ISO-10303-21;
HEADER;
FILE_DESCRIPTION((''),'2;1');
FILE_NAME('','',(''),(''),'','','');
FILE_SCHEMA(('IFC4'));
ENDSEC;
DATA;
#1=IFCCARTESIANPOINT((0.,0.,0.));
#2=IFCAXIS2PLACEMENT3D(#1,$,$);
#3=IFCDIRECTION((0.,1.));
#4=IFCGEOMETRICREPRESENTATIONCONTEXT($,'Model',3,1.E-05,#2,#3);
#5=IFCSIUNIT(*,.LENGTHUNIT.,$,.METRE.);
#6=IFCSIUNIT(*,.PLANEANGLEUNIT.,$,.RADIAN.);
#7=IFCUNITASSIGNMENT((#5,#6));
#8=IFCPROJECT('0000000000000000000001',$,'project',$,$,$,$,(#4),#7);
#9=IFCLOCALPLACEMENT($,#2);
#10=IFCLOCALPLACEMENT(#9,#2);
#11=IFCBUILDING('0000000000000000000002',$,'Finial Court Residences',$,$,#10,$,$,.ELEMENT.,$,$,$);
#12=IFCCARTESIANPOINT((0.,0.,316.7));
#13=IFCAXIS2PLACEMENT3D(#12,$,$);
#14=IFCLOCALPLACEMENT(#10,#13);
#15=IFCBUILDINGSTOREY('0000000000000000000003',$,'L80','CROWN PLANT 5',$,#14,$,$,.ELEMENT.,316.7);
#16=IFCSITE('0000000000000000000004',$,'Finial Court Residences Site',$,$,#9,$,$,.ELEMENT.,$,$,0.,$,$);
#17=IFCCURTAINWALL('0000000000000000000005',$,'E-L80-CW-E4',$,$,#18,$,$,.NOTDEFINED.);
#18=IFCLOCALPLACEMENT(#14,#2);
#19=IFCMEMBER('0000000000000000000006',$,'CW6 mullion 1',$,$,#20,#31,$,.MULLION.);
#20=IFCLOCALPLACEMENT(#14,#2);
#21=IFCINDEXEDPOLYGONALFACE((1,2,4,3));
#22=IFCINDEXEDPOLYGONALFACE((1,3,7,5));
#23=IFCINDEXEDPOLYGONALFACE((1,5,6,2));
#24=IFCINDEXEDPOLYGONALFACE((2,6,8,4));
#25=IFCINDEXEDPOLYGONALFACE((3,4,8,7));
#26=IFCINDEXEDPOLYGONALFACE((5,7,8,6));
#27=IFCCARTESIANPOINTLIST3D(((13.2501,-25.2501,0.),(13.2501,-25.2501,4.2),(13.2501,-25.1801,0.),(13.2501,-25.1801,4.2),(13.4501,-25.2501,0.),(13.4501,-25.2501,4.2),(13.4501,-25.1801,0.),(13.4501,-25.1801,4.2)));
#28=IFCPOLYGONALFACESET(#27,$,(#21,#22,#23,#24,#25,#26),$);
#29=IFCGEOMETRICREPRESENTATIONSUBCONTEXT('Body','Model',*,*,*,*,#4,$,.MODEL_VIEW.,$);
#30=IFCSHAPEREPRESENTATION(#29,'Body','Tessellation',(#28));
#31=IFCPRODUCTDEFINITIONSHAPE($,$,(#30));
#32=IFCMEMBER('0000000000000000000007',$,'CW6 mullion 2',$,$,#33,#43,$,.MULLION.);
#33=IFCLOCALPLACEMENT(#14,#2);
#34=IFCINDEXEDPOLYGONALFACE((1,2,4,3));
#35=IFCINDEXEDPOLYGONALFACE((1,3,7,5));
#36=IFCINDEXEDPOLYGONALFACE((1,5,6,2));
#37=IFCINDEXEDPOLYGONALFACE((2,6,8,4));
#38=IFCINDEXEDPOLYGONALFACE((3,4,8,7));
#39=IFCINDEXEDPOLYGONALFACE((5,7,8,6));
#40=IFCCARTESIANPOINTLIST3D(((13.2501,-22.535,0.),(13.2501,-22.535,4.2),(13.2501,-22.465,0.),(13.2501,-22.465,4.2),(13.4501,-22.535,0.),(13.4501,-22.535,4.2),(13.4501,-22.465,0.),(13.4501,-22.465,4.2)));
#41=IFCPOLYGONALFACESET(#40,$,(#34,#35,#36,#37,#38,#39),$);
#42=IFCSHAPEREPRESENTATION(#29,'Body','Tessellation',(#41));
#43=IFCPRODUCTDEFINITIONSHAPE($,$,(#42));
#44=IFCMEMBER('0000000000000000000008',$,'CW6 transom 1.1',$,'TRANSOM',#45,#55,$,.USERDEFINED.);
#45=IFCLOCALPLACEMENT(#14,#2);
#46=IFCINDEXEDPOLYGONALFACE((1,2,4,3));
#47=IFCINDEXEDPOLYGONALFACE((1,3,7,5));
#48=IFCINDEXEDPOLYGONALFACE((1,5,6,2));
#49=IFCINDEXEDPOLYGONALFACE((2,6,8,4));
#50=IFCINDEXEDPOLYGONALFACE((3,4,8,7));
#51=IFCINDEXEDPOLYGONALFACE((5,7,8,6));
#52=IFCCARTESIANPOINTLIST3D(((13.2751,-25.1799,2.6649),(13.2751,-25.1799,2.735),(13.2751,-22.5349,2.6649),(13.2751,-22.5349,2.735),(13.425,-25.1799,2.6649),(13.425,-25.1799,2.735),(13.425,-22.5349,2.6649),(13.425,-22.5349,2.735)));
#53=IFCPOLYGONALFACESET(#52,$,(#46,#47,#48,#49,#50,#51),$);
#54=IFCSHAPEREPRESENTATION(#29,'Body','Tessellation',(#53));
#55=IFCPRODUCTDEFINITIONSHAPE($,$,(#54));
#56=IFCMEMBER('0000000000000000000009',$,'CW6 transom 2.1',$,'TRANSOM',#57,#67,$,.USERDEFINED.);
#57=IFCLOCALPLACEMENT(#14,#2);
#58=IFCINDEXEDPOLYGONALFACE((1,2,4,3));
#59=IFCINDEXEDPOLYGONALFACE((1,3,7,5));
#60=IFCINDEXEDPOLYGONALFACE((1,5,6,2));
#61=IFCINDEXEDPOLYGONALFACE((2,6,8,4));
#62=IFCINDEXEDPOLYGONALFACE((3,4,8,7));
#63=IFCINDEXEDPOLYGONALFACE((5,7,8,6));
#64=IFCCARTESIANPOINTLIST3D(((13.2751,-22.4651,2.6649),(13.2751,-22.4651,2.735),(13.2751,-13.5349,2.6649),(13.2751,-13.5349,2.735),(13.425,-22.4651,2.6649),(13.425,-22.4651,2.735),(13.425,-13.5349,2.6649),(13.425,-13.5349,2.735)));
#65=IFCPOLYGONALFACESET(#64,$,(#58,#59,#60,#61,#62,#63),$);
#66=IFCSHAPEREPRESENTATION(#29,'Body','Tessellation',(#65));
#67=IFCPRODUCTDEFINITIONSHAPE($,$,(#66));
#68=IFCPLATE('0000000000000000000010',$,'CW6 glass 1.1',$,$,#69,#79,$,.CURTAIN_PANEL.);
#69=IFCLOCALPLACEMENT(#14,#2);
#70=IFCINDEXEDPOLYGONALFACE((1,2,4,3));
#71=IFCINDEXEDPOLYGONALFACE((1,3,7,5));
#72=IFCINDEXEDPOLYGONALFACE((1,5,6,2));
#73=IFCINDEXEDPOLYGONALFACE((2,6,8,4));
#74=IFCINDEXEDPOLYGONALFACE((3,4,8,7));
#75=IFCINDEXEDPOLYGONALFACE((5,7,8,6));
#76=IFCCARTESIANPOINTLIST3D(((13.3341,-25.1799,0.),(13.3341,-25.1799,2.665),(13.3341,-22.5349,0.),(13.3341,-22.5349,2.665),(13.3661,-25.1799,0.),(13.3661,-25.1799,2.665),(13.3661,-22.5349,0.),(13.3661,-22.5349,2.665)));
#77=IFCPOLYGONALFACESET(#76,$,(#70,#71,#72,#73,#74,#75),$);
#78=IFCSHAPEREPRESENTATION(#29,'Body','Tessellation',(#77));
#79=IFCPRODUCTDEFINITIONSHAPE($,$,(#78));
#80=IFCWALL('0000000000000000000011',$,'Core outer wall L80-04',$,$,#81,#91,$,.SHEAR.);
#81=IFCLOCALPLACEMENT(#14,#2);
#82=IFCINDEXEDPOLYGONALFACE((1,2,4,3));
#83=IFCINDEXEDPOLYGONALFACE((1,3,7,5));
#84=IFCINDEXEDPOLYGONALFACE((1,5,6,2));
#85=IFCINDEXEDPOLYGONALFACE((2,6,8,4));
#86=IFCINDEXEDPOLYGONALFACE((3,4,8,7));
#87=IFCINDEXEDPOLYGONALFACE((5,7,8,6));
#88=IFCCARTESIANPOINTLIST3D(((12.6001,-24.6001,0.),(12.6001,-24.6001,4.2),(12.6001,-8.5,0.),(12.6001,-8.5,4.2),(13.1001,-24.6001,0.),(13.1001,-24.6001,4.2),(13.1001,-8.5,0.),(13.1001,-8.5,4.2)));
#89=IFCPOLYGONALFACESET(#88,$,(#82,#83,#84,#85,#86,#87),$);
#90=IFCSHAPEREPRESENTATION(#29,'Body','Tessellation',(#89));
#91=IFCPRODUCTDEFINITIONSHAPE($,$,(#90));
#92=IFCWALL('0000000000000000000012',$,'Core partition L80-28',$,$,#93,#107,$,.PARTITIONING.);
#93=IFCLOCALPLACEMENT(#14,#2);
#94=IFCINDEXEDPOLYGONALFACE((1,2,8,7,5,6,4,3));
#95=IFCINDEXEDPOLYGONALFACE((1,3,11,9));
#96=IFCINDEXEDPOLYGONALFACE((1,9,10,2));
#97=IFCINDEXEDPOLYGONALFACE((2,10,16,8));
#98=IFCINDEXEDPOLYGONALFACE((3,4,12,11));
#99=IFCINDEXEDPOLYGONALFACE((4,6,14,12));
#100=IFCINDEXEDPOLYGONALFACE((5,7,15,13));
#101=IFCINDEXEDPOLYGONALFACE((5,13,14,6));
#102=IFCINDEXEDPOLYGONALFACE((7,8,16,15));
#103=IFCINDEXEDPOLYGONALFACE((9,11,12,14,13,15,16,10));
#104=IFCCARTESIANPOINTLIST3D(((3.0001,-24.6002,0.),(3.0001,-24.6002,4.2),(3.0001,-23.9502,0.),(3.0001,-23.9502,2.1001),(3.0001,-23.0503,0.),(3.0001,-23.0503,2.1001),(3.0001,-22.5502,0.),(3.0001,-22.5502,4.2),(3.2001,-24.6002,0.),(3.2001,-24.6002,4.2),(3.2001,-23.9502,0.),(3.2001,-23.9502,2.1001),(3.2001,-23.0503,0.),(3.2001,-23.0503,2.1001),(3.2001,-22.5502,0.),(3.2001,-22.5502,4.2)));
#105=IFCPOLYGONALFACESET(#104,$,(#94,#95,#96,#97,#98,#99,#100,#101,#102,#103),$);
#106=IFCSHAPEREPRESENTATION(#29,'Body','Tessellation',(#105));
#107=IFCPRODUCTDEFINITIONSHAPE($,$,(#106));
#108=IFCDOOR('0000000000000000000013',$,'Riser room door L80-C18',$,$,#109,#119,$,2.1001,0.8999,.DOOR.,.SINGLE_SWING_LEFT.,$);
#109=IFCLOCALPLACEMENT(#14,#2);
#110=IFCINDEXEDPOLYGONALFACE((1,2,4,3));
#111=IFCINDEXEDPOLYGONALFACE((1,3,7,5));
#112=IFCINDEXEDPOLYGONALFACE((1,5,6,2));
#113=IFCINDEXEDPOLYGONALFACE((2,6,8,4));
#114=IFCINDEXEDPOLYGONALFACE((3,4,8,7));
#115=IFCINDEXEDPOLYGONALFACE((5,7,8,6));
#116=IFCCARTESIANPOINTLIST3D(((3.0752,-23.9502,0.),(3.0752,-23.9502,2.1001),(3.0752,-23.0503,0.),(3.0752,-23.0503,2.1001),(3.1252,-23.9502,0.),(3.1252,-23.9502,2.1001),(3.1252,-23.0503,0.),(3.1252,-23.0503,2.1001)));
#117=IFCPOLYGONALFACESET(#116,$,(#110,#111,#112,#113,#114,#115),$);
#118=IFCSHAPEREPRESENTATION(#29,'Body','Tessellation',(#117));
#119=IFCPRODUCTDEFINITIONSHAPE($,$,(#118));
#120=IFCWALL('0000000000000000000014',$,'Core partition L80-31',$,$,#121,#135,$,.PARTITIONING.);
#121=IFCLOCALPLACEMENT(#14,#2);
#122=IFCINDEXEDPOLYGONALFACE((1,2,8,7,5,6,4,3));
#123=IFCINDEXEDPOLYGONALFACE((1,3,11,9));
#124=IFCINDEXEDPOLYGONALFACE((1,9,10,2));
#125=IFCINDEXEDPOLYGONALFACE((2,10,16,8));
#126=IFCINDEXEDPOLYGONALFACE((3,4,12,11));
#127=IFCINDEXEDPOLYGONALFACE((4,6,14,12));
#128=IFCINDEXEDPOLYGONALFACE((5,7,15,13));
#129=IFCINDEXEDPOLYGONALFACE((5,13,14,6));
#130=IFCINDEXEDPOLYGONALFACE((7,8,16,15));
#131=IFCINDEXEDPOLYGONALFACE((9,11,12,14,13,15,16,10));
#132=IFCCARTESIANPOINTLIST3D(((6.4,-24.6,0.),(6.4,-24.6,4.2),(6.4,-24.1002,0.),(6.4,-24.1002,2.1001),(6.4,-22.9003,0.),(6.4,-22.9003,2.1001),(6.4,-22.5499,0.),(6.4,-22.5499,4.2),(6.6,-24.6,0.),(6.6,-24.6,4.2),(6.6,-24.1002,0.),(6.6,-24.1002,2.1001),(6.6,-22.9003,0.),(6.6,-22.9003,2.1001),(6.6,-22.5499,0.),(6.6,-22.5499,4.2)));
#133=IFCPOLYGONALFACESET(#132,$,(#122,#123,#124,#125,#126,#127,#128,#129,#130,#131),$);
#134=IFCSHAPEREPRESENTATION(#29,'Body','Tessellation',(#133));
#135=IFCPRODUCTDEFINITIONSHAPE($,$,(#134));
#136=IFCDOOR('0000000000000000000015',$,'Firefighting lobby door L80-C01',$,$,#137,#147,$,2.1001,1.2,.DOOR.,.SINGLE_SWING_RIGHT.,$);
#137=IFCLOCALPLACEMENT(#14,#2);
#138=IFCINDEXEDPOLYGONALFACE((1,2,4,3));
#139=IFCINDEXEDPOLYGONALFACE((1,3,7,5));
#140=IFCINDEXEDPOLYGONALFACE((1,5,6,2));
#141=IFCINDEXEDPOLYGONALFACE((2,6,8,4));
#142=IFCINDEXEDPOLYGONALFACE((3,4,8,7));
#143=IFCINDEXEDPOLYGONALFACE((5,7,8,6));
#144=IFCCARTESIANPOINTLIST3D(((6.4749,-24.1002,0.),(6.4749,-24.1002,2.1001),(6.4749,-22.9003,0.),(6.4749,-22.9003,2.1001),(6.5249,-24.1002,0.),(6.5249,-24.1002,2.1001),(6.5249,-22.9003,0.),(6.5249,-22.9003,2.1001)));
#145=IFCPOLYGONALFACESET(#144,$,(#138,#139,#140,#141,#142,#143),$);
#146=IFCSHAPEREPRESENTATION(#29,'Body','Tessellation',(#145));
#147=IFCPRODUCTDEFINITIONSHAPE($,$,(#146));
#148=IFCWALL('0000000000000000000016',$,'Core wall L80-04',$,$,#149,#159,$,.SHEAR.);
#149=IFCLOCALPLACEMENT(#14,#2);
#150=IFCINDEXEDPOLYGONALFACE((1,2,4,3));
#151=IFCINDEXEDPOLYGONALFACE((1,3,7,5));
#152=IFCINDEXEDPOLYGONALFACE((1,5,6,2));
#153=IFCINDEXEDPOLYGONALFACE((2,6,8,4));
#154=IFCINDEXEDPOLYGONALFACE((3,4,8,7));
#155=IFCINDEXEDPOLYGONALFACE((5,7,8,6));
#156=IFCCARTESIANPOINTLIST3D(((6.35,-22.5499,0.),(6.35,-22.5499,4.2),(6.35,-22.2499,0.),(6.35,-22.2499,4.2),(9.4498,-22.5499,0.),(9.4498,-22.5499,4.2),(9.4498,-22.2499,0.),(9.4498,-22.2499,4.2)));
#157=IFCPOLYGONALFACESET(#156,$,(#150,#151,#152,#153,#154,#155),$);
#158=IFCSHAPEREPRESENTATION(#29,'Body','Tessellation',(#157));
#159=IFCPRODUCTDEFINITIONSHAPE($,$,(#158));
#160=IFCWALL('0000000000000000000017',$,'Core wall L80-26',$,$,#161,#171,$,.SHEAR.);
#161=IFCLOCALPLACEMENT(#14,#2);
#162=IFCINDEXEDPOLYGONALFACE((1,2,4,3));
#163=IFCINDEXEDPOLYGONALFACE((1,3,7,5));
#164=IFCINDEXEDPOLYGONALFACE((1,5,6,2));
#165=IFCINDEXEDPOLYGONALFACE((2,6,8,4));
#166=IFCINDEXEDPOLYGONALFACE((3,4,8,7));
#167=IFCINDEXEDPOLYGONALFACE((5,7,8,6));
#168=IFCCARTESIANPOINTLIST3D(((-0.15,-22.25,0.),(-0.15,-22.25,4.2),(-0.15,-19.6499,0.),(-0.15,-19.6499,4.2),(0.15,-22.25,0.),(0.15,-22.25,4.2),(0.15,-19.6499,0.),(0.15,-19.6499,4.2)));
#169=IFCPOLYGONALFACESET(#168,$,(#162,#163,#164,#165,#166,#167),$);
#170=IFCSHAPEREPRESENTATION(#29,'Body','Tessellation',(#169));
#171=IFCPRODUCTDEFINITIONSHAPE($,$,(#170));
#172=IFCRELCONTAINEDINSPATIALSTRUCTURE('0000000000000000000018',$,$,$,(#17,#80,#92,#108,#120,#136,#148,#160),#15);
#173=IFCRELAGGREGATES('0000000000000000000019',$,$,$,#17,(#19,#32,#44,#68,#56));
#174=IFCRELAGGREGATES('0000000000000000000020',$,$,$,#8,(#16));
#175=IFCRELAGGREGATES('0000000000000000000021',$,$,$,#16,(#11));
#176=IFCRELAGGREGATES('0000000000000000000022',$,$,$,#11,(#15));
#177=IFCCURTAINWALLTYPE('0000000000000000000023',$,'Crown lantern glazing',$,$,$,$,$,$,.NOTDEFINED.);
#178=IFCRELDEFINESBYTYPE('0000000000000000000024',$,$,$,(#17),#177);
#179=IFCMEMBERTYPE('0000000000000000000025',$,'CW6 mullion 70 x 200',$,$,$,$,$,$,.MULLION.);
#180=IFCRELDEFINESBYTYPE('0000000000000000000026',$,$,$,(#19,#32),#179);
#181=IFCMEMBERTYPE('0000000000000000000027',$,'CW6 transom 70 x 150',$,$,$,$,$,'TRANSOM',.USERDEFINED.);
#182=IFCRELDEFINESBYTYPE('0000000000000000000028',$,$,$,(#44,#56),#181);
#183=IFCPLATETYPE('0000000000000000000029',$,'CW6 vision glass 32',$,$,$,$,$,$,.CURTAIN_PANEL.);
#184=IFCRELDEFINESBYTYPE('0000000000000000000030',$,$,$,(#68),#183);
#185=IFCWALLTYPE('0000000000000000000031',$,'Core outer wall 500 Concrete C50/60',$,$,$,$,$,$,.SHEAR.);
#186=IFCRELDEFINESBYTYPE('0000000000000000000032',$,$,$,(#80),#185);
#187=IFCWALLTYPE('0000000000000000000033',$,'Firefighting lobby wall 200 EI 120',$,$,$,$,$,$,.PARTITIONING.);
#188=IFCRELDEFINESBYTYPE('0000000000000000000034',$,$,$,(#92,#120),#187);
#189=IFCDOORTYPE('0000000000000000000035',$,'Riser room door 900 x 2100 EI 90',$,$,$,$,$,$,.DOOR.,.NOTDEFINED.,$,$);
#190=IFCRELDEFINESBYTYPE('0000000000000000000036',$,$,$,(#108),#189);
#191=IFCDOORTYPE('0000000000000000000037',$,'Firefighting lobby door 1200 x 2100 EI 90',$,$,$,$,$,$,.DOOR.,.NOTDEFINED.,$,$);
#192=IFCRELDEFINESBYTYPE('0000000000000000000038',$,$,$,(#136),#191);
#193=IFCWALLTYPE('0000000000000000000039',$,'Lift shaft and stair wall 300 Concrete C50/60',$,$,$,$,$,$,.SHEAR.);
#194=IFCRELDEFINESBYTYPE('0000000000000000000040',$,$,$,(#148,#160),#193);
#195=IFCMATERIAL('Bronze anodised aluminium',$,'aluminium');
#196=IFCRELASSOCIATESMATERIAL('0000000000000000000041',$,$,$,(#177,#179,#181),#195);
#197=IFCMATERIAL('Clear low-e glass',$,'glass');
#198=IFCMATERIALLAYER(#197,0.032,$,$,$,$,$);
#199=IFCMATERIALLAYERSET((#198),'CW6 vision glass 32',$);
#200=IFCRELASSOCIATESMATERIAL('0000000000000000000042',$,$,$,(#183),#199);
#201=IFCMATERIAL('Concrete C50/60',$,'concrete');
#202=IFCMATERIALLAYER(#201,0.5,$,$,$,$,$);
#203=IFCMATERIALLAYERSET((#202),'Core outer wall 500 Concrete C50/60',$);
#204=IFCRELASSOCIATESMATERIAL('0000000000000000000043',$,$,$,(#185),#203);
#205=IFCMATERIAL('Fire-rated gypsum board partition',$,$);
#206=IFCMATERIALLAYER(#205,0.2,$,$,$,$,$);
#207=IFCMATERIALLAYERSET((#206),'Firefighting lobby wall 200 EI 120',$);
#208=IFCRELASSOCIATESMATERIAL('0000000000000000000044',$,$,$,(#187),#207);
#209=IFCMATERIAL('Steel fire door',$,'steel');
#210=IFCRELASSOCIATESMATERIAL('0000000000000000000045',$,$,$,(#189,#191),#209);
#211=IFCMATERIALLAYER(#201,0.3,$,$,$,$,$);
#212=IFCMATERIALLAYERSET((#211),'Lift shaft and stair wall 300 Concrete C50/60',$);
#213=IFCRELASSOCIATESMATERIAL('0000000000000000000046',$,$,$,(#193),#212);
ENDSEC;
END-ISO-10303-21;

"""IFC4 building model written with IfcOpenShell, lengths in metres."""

from ifc_helpers import new_model, si_unit, direction, frame, frame_2d, origin, origin_2d, place, context, subcontext, project, spatial, rectangle, extrude, material, layer, layer_set, material_profile, profile_set, type_object, element, fill, aggregate, save


model = new_model("IFC4")

# Units and contexts
model_context = context("Model", 3, precision=1e-05, world=origin(), true_north=direction((0.0, 1.0)))
body_context = subcontext(model_context, "Body", "Model", "MODEL_VIEW")
ifc_project = project(units=[si_unit("LENGTHUNIT", "METRE"), si_unit("PLANEANGLEUNIT", "RADIAN")], contexts=[model_context])

# Site, building, storey
site_placement = place(None, origin())
site = spatial("IfcSite", under=ifc_project, at=site_placement, Name="Finial Court Residences Site", CompositionType="ELEMENT", RefElevation=0.0)
building_placement = place(site_placement, origin())
building = spatial("IfcBuilding", under=site, at=building_placement, Name="Finial Court Residences", CompositionType="ELEMENT")
storey_placement = place(building_placement, frame((0.0, 0.0, 316.7)))
storey = spatial("IfcBuildingStorey", under=building, at=storey_placement, Name="L80", Description="CROWN PLANT 5", CompositionType="ELEMENT", Elevation=316.7)

# Curtain wall, members, plate
ifc_material_1 = material(Name="Bronze anodised aluminium", Category="aluminium")
curtain_wall_type = type_object("IfcCurtainWallType", Name="Crown lantern glazing", PredefinedType="NOTDEFINED", material=ifc_material_1)
curtain_wall_placement = place(storey_placement, origin())
curtain_wall = element("IfcCurtainWall", 1, at=curtain_wall_placement, inside=storey, type_object=curtain_wall_type, Name="E-L80-CW-E4", PredefinedType="NOTDEFINED")
ifc_material_profile_1 = material_profile(ifc_material_1, rectangle(XDim=0.2, YDim=0.0701, at=origin_2d()), Name="CW6 mullion 70 x 200")
ifc_profile_set_1 = profile_set([ifc_material_profile_1], Name="Bronze anodised aluminium")
member_type_1 = type_object("IfcMemberType", Name="CW6 mullion 70 x 200", PredefinedType="MULLION", material=ifc_profile_set_1)
member_1_placement = place(storey_placement, frame((13.3501, -25.2151, 0.0), z_axis=(0.0, 0.0, 1.0), x_axis=(-1.0, 0.0, 0.0)))
member_1 = element("IfcMember", 2, at=member_1_placement, type_object=member_type_1, Name="CW6 mullion 1", PredefinedType="MULLION", context=body_context, shape_type="SweptSolid", body=[
    extrude(rectangle(XDim=0.2, YDim=0.0701, at=origin_2d()), origin(), (0.0, 0.0, 1.0), 4.2),
])
member_2_placement = place(storey_placement, frame((13.3501, -22.5, 0.0), z_axis=(0.0, 0.0, 1.0), x_axis=(-1.0, 0.0, 0.0)))
member_2 = element("IfcMember", 3, at=member_2_placement, type_object=member_type_1, Name="CW6 mullion 2", PredefinedType="MULLION", context=body_context, shape_type="SweptSolid", body=[
    extrude(rectangle(XDim=0.2, YDim=0.0701, at=origin_2d()), origin(), (0.0, 0.0, 1.0), 4.2),
])
ifc_material_profile_2 = material_profile(ifc_material_1, rectangle(XDim=0.1499, YDim=0.0701, at=origin_2d()), Name="CW6 transom 70 x 150")
ifc_profile_set_2 = profile_set([ifc_material_profile_2], Name="Bronze anodised aluminium")
member_type_2 = type_object("IfcMemberType", Name="CW6 transom 70 x 150", ElementType="TRANSOM", PredefinedType="USERDEFINED", material=ifc_profile_set_2)
member_3_placement = place(storey_placement, frame((13.3501, -25.1799, 2.7), z_axis=(0.0, 1.0, 0.0), x_axis=(-1.0, 0.0, 0.0)))
member_3 = element("IfcMember", 4, at=member_3_placement, type_object=member_type_2, Name="CW6 transom 1.1", ObjectType="TRANSOM", PredefinedType="USERDEFINED", context=body_context, shape_type="SweptSolid", body=[
    extrude(rectangle(XDim=0.1499, YDim=0.0701, at=origin_2d()), origin(), (0.0, 0.0, 1.0), 2.645),
])
member_4_placement = place(storey_placement, frame((13.3501, -22.4651, 2.7), z_axis=(0.0, 1.0, 0.0), x_axis=(-1.0, 0.0, 0.0)))
member_4 = element("IfcMember", 5, at=member_4_placement, type_object=member_type_2, Name="CW6 transom 2.1", ObjectType="TRANSOM", PredefinedType="USERDEFINED", context=body_context, shape_type="SweptSolid", body=[
    extrude(rectangle(XDim=0.1499, YDim=0.0701, at=origin_2d()), origin(), (0.0, 0.0, 1.0), 8.9302),
])
ifc_material_2 = material(Name="Clear low-e glass", Category="glass")
ifc_layer_1 = layer(ifc_material_2, 0.032)
ifc_layer_set_1 = layer_set([ifc_layer_1], Name="CW6 vision glass 32")
plate_type = type_object("IfcPlateType", Name="CW6 vision glass 32", PredefinedType="CURTAIN_PANEL", material=ifc_layer_set_1)
plate_placement = place(storey_placement, frame((13.3501, -23.8574, 0.0), z_axis=(0.0, 0.0, 1.0), x_axis=(0.0, 1.0, 0.0)))
plate = element("IfcPlate", 6, at=plate_placement, type_object=plate_type, Name="CW6 glass 1.1", PredefinedType="CURTAIN_PANEL", context=body_context, shape_type="SweptSolid", body=[
    extrude(rectangle(XDim=2.645, YDim=0.032, at=origin_2d()), origin(), (0.0, 0.0, 1.0), 2.665),
])

# Wall
ifc_material_3 = material(Name="Concrete C50/60", Category="concrete")
ifc_layer_2 = layer(ifc_material_3, 0.5)
ifc_layer_set_2 = layer_set([ifc_layer_2], Name="Core outer wall 500 Concrete C50/60")
wall_type_1 = type_object("IfcWallType", Name="Core outer wall 500 Concrete C50/60", PredefinedType="SHEAR", material=ifc_layer_set_2)
wall_1_placement = place(storey_placement, frame((12.8501, -24.6001, 0.0), z_axis=(0.0, 0.0, 1.0), x_axis=(0.0, 1.0, 0.0)))
element("IfcWall", 7, at=wall_1_placement, inside=storey, type_object=wall_type_1, Name="Core outer wall L80-04", PredefinedType="SHEAR", context=body_context, shape_type="SweptSolid", body=[
    extrude(rectangle(XDim=16.1001, YDim=0.5, at=frame_2d((8.05, 0.0))), origin(), (0.0, 0.0, 1.0), 4.2),
])

# Walls, openings, doors
ifc_material_4 = material(Name="Fire-rated gypsum board partition")
ifc_layer_3 = layer(ifc_material_4, 0.2)
ifc_layer_set_3 = layer_set([ifc_layer_3], Name="Firefighting lobby wall 200 EI 120")
wall_type_2 = type_object("IfcWallType", Name="Firefighting lobby wall 200 EI 120", PredefinedType="PARTITIONING", material=ifc_layer_set_3)
wall_2_placement = place(storey_placement, frame((3.1001, -24.6001, 0.0), z_axis=(0.0, 0.0, 1.0), x_axis=(0.0, 1.0, 0.0)))
wall_2 = element("IfcWall", 8, at=wall_2_placement, inside=storey, type_object=wall_type_2, Name="Core partition L80-28", PredefinedType="PARTITIONING", context=body_context, shape_type="SweptSolid", body=[
    extrude(rectangle(XDim=2.05, YDim=0.2, at=frame_2d((1.0249, 0.0))), origin(), (0.0, 0.0, 1.0), 4.2),
])
opening_1_placement = place(wall_2_placement, frame((0.6499, 0.0, 0.0)))
opening_1 = element("IfcOpeningElement", 9, at=opening_1_placement, cuts=wall_2, PredefinedType="OPENING", context=body_context, shape_type="SweptSolid", body=[
    extrude(rectangle(XDim=0.8999, YDim=2.1001, at=frame_2d((0.45, 1.05))), frame((0.0, 0.1099, 0.0), z_axis=(0.0, -1.0, 0.0), x_axis=(1.0, 0.0, 0.0)), (0.0, 0.0, 1.0), 0.22),
])
ifc_material_5 = material(Name="Steel fire door", Category="steel")
door_type_1 = type_object("IfcDoorType", Name="Riser room door 900 x 2100 EI 90", OperationType="NOTDEFINED", PredefinedType="DOOR", material=ifc_material_5)
door_1_placement = place(opening_1_placement, origin())
door_1 = element("IfcDoor", 10, at=door_1_placement, inside=storey, type_object=door_type_1, Name="Riser room door L80-C18", OperationType="SINGLE_SWING_LEFT", OverallHeight=2.1001, OverallWidth=0.8999, PredefinedType="DOOR", context=body_context, shape_type="SweptSolid", body=[
    extrude(rectangle(XDim=0.8999, YDim=2.1001, at=frame_2d((0.45, 1.05))), frame((0.0, 0.0249, 0.0), z_axis=(0.0, -1.0, 0.0), x_axis=(1.0, 0.0, 0.0)), (0.0, 0.0, 1.0), 0.05),
])
fill(opening_1, door_1)
wall_3_placement = place(storey_placement, frame((6.5, -22.55, 0.0), z_axis=(0.0, 0.0, 1.0), x_axis=(0.0, -1.0, 0.0)))
wall_3 = element("IfcWall", 11, at=wall_3_placement, inside=storey, type_object=wall_type_2, Name="Core partition L80-31", PredefinedType="PARTITIONING", context=body_context, shape_type="SweptSolid", body=[
    extrude(rectangle(XDim=2.05, YDim=0.2, at=frame_2d((1.0249, 0.0))), origin(), (0.0, 0.0, 1.0), 4.2),
])
opening_2_placement = place(wall_3_placement, frame((0.3501, 0.0, 0.0)))
opening_2 = element("IfcOpeningElement", 12, at=opening_2_placement, cuts=wall_3, PredefinedType="OPENING", context=body_context, shape_type="SweptSolid", body=[
    extrude(rectangle(XDim=1.2, YDim=2.1001, at=frame_2d((0.6001, 1.05))), frame((0.0, 0.1099, 0.0), z_axis=(0.0, -1.0, 0.0), x_axis=(1.0, 0.0, 0.0)), (0.0, 0.0, 1.0), 0.22),
])
door_type_2 = type_object("IfcDoorType", Name="Firefighting lobby door 1200 x 2100 EI 90", OperationType="NOTDEFINED", PredefinedType="DOOR", material=ifc_material_5)
door_2_placement = place(opening_2_placement, origin())
door_2 = element("IfcDoor", 13, at=door_2_placement, inside=storey, type_object=door_type_2, Name="Firefighting lobby door L80-C01", OperationType="SINGLE_SWING_RIGHT", OverallHeight=2.1001, OverallWidth=1.2, PredefinedType="DOOR", context=body_context, shape_type="SweptSolid", body=[
    extrude(rectangle(XDim=1.2, YDim=2.1001, at=frame_2d((0.6001, 1.05))), frame((0.0, 0.0249, 0.0), z_axis=(0.0, -1.0, 0.0), x_axis=(1.0, 0.0, 0.0)), (0.0, 0.0, 1.0), 0.05),
])
fill(opening_2, door_2)

# Walls
ifc_layer_4 = layer(ifc_material_3, 0.3)
ifc_layer_set_4 = layer_set([ifc_layer_4], Name="Lift shaft and stair wall 300 Concrete C50/60")
wall_type_3 = type_object("IfcWallType", Name="Lift shaft and stair wall 300 Concrete C50/60", PredefinedType="SHEAR", material=ifc_layer_set_4)
wall_4_placement = place(storey_placement, frame((6.3501, -22.3999, 0.0), z_axis=(0.0, 0.0, 1.0), x_axis=(1.0, 0.0, 0.0)))
element("IfcWall", 14, at=wall_4_placement, inside=storey, type_object=wall_type_3, Name="Core wall L80-04", PredefinedType="SHEAR", context=body_context, shape_type="SweptSolid", body=[
    extrude(rectangle(XDim=3.0999, YDim=0.3, at=frame_2d((1.5498, 0.0))), origin(), (0.0, 0.0, 1.0), 4.2),
])
wall_5_placement = place(storey_placement, frame((0.0, -22.25, 0.0), z_axis=(0.0, 0.0, 1.0), x_axis=(0.0, 1.0, 0.0)))
element("IfcWall", 15, at=wall_5_placement, inside=storey, type_object=wall_type_3, Name="Core wall L80-26", PredefinedType="SHEAR", context=body_context, shape_type="SweptSolid", body=[
    extrude(rectangle(XDim=2.6001, YDim=0.3, at=frame_2d((1.3, 0.0))), origin(), (0.0, 0.0, 1.0), 4.2),
])

aggregate(curtain_wall, [member_1, member_2, member_3, plate, member_4])

save(model, "model.ifc")
